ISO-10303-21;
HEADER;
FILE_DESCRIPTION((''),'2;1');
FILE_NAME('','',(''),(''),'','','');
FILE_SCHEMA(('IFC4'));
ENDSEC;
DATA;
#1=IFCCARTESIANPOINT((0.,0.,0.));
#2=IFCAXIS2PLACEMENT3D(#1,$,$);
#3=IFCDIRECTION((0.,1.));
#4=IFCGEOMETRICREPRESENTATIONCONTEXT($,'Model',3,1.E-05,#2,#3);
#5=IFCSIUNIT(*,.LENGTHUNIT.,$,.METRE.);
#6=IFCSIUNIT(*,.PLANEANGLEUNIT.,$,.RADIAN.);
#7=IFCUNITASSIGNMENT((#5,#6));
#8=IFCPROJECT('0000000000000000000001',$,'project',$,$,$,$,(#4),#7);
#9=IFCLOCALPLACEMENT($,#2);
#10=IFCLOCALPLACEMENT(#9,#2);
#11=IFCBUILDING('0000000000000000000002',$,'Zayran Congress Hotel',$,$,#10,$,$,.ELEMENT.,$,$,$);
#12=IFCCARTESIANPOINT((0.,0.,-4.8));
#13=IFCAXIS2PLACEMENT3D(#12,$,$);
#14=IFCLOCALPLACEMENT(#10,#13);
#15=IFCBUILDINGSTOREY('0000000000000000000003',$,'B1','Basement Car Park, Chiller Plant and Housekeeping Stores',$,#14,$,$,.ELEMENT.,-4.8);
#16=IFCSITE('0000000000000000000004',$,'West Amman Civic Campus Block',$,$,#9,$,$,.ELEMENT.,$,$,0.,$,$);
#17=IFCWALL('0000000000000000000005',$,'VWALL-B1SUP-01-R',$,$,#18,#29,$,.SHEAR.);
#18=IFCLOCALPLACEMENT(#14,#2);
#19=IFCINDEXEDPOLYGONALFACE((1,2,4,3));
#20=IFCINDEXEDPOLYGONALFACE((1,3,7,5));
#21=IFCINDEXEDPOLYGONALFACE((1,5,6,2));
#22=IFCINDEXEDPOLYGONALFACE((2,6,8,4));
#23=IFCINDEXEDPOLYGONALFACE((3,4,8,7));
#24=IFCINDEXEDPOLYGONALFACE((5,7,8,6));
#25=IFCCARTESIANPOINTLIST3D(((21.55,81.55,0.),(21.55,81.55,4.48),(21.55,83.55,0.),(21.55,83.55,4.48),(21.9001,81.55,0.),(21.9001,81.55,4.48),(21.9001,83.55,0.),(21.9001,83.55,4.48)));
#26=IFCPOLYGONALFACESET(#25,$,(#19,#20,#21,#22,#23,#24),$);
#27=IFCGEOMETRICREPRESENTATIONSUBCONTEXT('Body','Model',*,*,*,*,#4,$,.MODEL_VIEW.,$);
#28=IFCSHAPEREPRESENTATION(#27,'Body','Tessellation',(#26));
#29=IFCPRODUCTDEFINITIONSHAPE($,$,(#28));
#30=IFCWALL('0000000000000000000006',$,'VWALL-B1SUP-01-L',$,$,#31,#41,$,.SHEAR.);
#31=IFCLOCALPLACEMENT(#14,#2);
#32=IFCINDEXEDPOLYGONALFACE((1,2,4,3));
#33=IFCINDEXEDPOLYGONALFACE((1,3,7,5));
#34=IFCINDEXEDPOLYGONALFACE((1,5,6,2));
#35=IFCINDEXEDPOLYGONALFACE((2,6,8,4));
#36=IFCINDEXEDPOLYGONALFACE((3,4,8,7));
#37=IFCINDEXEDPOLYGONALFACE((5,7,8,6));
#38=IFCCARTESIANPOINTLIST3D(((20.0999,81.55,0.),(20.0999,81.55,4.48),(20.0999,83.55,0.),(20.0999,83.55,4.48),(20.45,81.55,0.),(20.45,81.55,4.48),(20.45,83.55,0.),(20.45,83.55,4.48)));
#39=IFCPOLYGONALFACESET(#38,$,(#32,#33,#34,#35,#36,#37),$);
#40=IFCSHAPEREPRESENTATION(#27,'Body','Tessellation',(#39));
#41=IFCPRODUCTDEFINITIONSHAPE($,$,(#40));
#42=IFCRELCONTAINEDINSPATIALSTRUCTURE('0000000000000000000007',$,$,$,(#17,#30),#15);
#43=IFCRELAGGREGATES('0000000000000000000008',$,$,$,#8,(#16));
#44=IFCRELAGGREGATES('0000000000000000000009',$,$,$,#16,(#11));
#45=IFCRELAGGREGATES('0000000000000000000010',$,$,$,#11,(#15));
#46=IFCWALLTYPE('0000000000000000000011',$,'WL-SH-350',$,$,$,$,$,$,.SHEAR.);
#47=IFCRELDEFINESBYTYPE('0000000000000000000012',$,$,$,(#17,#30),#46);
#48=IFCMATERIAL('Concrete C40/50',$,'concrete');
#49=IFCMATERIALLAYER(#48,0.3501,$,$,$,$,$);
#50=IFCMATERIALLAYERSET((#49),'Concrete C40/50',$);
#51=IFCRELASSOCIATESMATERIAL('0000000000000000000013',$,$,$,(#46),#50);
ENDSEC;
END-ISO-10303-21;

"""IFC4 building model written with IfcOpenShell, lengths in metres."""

from ifc_helpers import new_model, si_unit, direction, frame, frame_2d, origin, place, context, subcontext, project, spatial, rectangle, extrude, material, layer, layer_set, type_object, element, save


model = new_model("IFC4")

# Units and contexts
model_context = context("Model", 3, precision=1e-05, world=origin(), true_north=direction((0.0, 1.0)))
body_context = subcontext(model_context, "Body", "Model", "MODEL_VIEW")
ifc_project = project(units=[si_unit("LENGTHUNIT", "METRE"), si_unit("PLANEANGLEUNIT", "RADIAN")], contexts=[model_context])

# Site, building, storey
site_placement = place(None, origin())
site = spatial("IfcSite", under=ifc_project, at=site_placement, Name="West Amman Civic Campus Block", CompositionType="ELEMENT", RefElevation=0.0)
building_placement = place(site_placement, origin())
building = spatial("IfcBuilding", under=site, at=building_placement, Name="Zayran Congress Hotel", CompositionType="ELEMENT")
storey_placement = place(building_placement, frame((0.0, 0.0, -4.8)))
storey = spatial("IfcBuildingStorey", under=building, at=storey_placement, Name="B1", Description="Basement Car Park, Chiller Plant and Housekeeping Stores", CompositionType="ELEMENT", Elevation=-4.8)

# Shared definitions
ifc_material = material(Name="Concrete C40/50", Category="concrete")

# Walls
ifc_layer = layer(ifc_material, 0.3501)
ifc_layer_set = layer_set([ifc_layer], Name="Concrete C40/50")
wall_type = type_object("IfcWallType", Name="WL-SH-350", PredefinedType="SHEAR", material=ifc_layer_set)
for number, where, z_axis, x_axis, name in (
    (1, (21.7251, 81.55, 0.0), (0.0, 0.0, 1.0), (0.0, 1.0, 0.0), "VWALL-B1SUP-01-R"),
    (2, (20.2749, 81.55, 0.0), (0.0, 0.0, 1.0), (0.0, 1.0, 0.0), "VWALL-B1SUP-01-L"),
):
    element("IfcWall", number, at=place(storey_placement, frame(where, z_axis=z_axis, x_axis=x_axis)), inside=storey, type_object=wall_type, Name=name, PredefinedType="SHEAR", context=body_context, shape_type="SweptSolid", body=[
        extrude(rectangle(XDim=2.0, YDim=0.3501, at=frame_2d((1.0, 0.0))), origin(), (0.0, 0.0, 1.0), 4.48),
    ])

save(model, "model.ifc")
